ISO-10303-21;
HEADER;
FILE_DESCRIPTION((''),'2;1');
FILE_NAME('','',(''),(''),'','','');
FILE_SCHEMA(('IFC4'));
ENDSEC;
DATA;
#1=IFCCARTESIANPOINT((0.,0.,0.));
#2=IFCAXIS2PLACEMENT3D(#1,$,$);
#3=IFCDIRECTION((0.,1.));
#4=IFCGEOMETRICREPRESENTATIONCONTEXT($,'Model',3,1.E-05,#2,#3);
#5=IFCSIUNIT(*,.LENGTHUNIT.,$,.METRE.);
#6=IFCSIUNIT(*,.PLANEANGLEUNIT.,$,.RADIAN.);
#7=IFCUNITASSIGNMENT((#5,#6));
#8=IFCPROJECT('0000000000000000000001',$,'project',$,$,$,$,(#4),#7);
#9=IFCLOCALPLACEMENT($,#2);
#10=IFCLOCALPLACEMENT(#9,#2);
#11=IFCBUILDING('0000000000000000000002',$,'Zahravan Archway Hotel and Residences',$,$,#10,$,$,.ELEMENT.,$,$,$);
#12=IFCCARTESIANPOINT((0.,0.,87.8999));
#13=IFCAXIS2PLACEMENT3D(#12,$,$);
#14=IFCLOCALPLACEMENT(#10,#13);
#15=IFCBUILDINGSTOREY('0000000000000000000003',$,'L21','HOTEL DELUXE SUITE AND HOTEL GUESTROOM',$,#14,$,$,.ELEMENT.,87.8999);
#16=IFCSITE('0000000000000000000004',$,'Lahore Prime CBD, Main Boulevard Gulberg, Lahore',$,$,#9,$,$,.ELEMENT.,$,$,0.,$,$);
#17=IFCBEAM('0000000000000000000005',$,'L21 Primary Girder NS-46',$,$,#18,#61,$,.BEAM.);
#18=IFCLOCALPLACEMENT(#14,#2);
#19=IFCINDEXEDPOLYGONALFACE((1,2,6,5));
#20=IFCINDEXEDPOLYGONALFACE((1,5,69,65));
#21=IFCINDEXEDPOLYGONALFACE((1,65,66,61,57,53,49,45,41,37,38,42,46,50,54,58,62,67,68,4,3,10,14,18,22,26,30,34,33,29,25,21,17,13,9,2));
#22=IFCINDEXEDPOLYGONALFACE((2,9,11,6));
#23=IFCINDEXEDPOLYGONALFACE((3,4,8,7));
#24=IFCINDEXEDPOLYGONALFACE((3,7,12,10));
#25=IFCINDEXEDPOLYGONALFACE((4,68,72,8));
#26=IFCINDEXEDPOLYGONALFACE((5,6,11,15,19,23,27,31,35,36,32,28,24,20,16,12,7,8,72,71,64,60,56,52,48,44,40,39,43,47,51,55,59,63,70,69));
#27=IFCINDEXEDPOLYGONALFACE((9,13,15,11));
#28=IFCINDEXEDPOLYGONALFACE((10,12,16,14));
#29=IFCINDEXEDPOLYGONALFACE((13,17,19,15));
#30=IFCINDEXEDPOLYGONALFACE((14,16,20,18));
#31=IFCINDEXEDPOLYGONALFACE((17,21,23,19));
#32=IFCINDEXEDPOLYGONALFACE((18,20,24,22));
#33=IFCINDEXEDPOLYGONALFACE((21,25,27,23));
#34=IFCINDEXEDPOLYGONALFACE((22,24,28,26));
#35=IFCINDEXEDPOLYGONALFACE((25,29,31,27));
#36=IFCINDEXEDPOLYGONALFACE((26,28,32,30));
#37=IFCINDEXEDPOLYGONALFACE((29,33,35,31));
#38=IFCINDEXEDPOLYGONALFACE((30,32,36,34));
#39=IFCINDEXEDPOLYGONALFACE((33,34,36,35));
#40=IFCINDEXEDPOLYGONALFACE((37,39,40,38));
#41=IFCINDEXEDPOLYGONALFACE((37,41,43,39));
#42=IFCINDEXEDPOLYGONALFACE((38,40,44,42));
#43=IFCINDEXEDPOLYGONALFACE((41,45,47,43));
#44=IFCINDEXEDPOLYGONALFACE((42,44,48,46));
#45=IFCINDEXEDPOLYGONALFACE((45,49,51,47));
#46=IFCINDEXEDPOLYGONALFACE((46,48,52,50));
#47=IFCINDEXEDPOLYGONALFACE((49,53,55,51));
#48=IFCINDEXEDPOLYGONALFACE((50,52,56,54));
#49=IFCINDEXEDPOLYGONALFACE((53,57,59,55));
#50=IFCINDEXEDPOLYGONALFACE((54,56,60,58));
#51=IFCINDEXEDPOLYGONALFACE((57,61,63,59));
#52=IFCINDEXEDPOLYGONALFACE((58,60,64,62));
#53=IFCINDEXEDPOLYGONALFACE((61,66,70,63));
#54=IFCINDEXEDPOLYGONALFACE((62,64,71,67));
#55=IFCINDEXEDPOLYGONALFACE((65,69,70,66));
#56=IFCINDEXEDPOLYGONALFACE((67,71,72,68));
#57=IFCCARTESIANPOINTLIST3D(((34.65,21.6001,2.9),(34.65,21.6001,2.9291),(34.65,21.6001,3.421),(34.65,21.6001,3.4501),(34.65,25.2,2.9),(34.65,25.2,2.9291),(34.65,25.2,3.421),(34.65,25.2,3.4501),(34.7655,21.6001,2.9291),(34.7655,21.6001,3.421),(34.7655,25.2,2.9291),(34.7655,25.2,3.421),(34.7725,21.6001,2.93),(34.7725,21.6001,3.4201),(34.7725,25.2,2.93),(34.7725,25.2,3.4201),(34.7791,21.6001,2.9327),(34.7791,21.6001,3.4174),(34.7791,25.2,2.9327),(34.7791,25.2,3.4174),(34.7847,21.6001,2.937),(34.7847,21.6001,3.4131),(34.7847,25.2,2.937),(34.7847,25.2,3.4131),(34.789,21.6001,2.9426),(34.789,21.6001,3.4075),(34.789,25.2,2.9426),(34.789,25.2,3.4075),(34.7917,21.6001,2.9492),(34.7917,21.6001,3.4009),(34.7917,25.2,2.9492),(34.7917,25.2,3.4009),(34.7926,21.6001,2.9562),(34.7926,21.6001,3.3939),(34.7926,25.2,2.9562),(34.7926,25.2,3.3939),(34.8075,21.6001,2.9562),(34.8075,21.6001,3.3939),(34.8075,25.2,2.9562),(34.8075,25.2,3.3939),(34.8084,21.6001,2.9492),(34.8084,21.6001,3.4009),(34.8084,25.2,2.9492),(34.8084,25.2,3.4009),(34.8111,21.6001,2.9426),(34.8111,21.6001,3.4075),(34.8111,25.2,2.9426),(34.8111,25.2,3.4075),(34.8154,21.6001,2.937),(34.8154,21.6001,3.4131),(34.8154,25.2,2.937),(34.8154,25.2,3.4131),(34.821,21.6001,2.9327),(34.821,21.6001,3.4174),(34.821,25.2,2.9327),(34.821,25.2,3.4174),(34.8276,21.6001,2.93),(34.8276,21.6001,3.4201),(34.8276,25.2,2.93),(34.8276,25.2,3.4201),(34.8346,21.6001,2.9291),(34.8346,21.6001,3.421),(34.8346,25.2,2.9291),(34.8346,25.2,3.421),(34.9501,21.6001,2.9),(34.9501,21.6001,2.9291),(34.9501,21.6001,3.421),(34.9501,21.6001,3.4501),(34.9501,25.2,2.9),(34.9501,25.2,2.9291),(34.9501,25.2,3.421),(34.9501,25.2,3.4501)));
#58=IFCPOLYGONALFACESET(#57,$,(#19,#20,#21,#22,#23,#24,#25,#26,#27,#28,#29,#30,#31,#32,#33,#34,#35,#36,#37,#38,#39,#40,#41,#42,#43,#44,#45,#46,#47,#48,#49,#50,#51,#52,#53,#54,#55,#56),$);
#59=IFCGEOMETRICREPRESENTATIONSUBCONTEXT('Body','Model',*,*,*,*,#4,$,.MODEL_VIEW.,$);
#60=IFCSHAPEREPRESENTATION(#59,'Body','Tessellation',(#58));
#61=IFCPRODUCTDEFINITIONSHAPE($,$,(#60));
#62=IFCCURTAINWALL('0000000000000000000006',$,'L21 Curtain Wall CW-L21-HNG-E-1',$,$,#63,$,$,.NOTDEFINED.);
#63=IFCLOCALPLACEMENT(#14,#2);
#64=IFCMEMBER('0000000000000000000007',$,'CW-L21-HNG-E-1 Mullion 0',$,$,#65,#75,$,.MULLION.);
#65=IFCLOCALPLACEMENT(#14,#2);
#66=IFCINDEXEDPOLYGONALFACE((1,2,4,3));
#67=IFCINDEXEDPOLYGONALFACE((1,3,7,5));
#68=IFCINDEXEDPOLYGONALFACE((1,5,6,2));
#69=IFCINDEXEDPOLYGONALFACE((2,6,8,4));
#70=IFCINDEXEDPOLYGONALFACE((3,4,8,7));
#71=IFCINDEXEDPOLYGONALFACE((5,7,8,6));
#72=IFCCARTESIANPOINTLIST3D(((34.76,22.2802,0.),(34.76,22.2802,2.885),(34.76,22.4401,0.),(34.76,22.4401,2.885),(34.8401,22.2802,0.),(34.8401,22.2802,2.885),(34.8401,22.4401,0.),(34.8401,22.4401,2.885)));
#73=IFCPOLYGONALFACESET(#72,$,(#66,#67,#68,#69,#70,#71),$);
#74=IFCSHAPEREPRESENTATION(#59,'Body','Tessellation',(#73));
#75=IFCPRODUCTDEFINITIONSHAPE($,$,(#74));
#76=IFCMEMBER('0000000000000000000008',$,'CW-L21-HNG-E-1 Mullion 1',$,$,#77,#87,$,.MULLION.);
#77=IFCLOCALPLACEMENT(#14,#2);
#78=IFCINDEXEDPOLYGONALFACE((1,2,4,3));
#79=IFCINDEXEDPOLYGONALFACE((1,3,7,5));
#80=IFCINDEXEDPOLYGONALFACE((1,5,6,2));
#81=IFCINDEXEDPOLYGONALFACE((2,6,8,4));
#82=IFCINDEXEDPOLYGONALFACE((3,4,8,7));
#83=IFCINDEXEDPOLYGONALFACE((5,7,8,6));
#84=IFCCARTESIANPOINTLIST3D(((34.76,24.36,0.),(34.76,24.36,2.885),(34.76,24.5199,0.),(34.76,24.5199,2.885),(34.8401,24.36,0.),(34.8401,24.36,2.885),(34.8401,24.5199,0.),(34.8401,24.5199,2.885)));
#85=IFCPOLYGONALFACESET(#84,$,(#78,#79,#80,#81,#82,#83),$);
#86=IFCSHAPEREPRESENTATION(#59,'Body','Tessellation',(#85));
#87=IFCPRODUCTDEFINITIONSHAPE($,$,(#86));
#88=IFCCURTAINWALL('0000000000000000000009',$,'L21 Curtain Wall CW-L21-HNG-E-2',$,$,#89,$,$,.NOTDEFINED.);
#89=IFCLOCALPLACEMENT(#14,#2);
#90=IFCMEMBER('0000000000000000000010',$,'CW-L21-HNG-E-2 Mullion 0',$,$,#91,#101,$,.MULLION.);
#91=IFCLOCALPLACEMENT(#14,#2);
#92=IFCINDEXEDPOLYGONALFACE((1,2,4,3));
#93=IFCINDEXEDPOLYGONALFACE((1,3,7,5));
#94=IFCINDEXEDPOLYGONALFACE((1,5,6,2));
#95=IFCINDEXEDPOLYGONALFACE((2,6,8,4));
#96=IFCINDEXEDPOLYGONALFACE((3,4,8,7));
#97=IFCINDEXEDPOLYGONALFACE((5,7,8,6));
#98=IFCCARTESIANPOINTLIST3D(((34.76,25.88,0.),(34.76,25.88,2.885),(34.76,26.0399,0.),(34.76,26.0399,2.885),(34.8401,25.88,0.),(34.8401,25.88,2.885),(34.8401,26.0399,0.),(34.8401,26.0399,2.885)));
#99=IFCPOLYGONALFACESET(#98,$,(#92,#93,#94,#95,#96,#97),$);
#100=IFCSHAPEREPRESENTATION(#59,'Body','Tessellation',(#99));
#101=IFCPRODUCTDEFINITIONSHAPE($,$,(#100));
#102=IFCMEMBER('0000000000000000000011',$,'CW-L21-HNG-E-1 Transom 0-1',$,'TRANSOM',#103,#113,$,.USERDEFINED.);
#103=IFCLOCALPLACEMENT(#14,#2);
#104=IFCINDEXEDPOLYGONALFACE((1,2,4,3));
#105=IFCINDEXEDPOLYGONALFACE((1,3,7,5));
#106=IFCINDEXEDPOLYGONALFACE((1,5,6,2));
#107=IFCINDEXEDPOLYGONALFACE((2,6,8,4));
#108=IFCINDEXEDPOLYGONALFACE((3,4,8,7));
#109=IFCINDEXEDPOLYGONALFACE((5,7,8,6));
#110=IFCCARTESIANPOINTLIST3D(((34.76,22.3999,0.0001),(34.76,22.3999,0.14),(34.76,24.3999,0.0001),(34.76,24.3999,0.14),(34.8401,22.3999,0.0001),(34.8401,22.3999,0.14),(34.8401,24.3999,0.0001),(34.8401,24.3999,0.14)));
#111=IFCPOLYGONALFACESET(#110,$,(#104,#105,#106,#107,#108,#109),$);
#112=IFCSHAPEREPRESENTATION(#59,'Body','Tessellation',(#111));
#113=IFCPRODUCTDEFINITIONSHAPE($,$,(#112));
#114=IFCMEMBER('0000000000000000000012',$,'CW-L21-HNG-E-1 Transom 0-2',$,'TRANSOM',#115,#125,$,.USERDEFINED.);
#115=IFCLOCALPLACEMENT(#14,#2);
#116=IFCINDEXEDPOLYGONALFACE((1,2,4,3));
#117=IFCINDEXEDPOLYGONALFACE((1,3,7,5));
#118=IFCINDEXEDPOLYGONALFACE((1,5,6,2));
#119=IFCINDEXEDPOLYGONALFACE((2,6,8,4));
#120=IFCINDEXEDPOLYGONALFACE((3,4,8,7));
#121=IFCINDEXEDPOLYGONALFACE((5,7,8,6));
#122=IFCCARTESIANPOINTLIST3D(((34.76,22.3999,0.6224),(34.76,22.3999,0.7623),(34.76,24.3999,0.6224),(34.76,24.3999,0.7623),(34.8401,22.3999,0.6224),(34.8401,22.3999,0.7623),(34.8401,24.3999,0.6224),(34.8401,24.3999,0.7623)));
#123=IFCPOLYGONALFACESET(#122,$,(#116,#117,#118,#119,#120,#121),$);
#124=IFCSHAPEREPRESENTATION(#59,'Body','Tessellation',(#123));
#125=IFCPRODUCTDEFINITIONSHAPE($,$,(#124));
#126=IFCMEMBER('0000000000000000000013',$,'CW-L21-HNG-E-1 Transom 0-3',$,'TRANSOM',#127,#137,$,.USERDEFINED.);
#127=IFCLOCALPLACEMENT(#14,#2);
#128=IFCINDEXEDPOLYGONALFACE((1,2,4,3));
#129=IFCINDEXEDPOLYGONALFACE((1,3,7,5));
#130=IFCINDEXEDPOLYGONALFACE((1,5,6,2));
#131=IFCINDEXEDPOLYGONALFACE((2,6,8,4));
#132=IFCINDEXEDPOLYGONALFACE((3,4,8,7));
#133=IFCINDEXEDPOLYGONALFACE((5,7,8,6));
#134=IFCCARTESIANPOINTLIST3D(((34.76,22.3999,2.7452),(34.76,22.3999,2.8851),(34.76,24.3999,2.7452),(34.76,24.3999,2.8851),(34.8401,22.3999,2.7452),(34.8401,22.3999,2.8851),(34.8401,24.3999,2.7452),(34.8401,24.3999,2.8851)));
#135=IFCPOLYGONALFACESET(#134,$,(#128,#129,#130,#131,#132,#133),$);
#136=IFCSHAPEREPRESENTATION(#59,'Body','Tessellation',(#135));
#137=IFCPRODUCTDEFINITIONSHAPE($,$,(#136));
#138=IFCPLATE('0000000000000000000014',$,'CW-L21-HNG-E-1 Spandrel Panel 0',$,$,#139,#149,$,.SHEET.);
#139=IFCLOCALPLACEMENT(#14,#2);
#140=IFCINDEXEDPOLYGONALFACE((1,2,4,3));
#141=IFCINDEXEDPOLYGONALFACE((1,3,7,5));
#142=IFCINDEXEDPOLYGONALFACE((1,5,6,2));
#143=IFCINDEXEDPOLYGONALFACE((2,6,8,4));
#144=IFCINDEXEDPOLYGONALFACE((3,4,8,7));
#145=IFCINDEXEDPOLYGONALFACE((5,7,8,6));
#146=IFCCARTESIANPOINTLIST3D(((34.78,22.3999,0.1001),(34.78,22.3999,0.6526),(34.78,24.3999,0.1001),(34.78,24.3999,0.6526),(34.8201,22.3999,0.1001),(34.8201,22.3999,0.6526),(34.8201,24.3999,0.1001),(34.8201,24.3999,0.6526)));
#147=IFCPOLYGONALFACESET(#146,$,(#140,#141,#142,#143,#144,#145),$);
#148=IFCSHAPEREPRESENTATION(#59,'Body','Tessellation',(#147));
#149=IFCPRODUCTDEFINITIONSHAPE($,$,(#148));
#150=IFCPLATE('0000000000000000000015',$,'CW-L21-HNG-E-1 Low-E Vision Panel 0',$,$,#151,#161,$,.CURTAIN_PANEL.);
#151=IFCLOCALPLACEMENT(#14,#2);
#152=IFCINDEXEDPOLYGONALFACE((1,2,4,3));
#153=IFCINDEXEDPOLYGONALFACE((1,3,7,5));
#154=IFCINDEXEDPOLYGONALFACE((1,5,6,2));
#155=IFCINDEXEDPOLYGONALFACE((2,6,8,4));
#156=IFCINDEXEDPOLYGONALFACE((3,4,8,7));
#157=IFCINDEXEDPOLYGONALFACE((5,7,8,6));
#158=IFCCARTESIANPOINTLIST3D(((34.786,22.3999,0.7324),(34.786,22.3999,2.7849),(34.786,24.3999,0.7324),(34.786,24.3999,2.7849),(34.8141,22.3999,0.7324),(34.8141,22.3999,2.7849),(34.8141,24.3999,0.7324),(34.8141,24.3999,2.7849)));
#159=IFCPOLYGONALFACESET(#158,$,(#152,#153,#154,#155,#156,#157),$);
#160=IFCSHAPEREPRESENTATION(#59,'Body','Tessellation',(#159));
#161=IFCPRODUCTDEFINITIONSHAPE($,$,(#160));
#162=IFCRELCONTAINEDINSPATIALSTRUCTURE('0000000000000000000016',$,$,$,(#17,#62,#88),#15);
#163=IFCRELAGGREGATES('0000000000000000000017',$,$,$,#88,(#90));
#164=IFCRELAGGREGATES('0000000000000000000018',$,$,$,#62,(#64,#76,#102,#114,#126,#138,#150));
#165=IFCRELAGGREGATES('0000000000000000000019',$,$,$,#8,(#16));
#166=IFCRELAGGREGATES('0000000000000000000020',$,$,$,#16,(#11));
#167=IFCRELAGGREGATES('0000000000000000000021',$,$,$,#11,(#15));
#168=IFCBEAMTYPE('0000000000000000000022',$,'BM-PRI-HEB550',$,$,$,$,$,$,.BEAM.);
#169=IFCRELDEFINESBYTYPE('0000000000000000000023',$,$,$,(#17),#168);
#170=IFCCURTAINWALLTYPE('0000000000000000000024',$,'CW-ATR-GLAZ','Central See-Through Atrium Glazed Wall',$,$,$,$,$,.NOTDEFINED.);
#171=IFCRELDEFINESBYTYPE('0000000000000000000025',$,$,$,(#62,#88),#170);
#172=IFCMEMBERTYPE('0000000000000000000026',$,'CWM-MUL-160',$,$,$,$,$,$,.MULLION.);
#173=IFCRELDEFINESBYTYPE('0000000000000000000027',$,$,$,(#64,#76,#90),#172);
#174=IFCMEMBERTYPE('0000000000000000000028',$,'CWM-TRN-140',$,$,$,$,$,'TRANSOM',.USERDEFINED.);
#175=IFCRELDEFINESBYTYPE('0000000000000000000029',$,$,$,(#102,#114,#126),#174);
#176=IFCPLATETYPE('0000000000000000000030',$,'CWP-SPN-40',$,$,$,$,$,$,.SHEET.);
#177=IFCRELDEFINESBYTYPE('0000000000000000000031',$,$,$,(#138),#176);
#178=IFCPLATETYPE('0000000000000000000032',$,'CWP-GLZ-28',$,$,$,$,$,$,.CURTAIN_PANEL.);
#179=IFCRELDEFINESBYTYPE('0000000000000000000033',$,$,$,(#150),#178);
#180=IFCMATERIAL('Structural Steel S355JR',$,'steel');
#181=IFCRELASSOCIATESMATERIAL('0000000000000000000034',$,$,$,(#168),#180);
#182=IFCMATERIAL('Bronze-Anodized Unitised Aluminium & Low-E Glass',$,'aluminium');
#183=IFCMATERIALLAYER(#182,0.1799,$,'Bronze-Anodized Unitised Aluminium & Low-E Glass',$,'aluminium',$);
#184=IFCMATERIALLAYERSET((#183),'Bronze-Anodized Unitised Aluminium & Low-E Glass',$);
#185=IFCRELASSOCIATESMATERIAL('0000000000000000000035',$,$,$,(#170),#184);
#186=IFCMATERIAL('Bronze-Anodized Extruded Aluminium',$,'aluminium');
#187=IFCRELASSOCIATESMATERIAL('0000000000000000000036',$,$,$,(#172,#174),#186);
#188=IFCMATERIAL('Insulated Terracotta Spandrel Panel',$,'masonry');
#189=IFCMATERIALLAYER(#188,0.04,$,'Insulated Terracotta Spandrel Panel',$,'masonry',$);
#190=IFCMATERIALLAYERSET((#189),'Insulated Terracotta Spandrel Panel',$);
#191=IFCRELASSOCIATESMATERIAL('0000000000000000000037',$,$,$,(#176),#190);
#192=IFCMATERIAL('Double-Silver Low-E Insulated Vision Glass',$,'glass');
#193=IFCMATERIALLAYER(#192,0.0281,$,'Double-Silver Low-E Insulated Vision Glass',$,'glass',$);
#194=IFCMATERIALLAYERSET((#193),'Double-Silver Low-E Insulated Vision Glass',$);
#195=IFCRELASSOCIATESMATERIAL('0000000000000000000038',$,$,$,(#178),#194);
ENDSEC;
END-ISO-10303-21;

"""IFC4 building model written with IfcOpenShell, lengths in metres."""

from ifc_helpers import new_model, si_unit, direction, frame, origin, origin_2d, place, context, subcontext, project, spatial, rectangle, i_section, extrude, source, transform, mapped, material, layer, layer_set, material_profile, profile_set, type_object, element, aggregate, save


model = new_model("IFC4")

# Units and contexts
model_context = context("Model", 3, precision=1e-05, world=origin(), true_north=direction((0.0, 1.0)))
body_context = subcontext(model_context, "Body", "Model", "MODEL_VIEW")
ifc_project = project(units=[si_unit("LENGTHUNIT", "METRE"), si_unit("PLANEANGLEUNIT", "RADIAN")], contexts=[model_context])

# Site, building, storey
site_placement = place(None, origin())
site = spatial("IfcSite", under=ifc_project, at=site_placement, Name="Lahore Prime CBD, Main Boulevard Gulberg, Lahore", CompositionType="ELEMENT", RefElevation=0.0)
building_placement = place(site_placement, origin())
building = spatial("IfcBuilding", under=site, at=building_placement, Name="Zahravan Archway Hotel and Residences", CompositionType="ELEMENT")
storey_placement = place(building_placement, frame((0.0, 0.0, 87.8999)))
storey = spatial("IfcBuildingStorey", under=building, at=storey_placement, Name="L21", Description="HOTEL DELUXE SUITE AND HOTEL GUESTROOM", CompositionType="ELEMENT", Elevation=87.8999)

# Beam
ifc_material_1 = material(Name="Structural Steel S355JR", Category="steel")
ifc_material_profile_1 = material_profile(ifc_material_1, i_section(OverallWidth=0.3, OverallDepth=0.55, WebThickness=0.0149, FlangeThickness=0.0291, FilletRadius=0.0271, at=origin_2d()), Name="HEB 550", Category="steel")
ifc_profile_set_1 = profile_set([ifc_material_profile_1], Name="Structural Steel S355JR")
beam_type = type_object("IfcBeamType", Name="BM-PRI-HEB550", PredefinedType="BEAM", material=ifc_profile_set_1)
shared_shape_1 = source(origin(), body_context, "Body", "SweptSolid", [
    extrude(i_section(OverallWidth=0.3, OverallDepth=0.55, WebThickness=0.0149, FlangeThickness=0.0291, FilletRadius=0.0271, at=origin_2d()), origin(), (0.0, 0.0, 1.0), 3.5999),
])
beam_1_placement = place(storey_placement, frame((34.8, 21.6001, 3.175), z_axis=(0.0, 1.0, 0.0), x_axis=(-1.0, 0.0, 0.0)))
element("IfcBeam", 1, at=beam_1_placement, inside=storey, type_object=beam_type, Name="L21 Primary Girder NS-46", PredefinedType="BEAM", context=body_context, shape_type="MappedRepresentation", body=[
    mapped(shared_shape_1, transform((0.0, 0.0, 0.0), scale=1.0)),
])

# Curtain wall, members
ifc_material_2 = material(Name="Bronze-Anodized Unitised Aluminium & Low-E Glass", Category="aluminium")
ifc_layer_1 = layer(ifc_material_2, 0.1799, Name="Bronze-Anodized Unitised Aluminium & Low-E Glass", Category="aluminium")
ifc_layer_set_1 = layer_set([ifc_layer_1], Name="Bronze-Anodized Unitised Aluminium & Low-E Glass")
curtain_wall_type = type_object("IfcCurtainWallType", Name="CW-ATR-GLAZ", Description="Central See-Through Atrium Glazed Wall", PredefinedType="NOTDEFINED", material=ifc_layer_set_1)
curtain_wall_1_placement = place(storey_placement, origin())
curtain_wall_1 = element("IfcCurtainWall", 2, at=curtain_wall_1_placement, inside=storey, type_object=curtain_wall_type, Name="L21 Curtain Wall CW-L21-HNG-E-1", PredefinedType="NOTDEFINED")
ifc_material_3 = material(Name="Bronze-Anodized Extruded Aluminium", Category="aluminium")
ifc_material_profile_2 = material_profile(ifc_material_3, rectangle(XDim=0.0801, YDim=0.1599, at=origin_2d()), Name="MUL 80x160", Category="aluminium")
ifc_profile_set_2 = profile_set([ifc_material_profile_2], Name="Bronze-Anodized Extruded Aluminium")
member_type_1 = type_object("IfcMemberType", Name="CWM-MUL-160", PredefinedType="MULLION", material=ifc_profile_set_2)
shared_shape_2 = source(origin(), body_context, "Body", "SweptSolid", [
    extrude(rectangle(XDim=0.0801, YDim=0.1599, at=origin_2d()), origin(), (0.0, 0.0, 1.0), 2.885),
])
member_1_placement = place(storey_placement, frame((34.8, 22.3601, 0.0), z_axis=(0.0, 0.0, 1.0), x_axis=(1.0, 0.0, 0.0)))
member_1 = element("IfcMember", 3, at=member_1_placement, type_object=member_type_1, Name="CW-L21-HNG-E-1 Mullion 0", PredefinedType="MULLION", context=body_context, shape_type="MappedRepresentation", body=[
    mapped(shared_shape_2, transform((0.0, 0.0, 0.0), scale=1.0)),
])
member_2_placement = place(storey_placement, frame((34.8, 24.4399, 0.0), z_axis=(0.0, 0.0, 1.0), x_axis=(1.0, 0.0, 0.0)))
member_2 = element("IfcMember", 4, at=member_2_placement, type_object=member_type_1, Name="CW-L21-HNG-E-1 Mullion 1", PredefinedType="MULLION", context=body_context, shape_type="MappedRepresentation", body=[
    mapped(shared_shape_2, transform((0.0, 0.0, 0.0), scale=1.0)),
])

# Curtain wall, member
curtain_wall_2_placement = place(storey_placement, origin())
curtain_wall_2 = element("IfcCurtainWall", 5, at=curtain_wall_2_placement, inside=storey, type_object=curtain_wall_type, Name="L21 Curtain Wall CW-L21-HNG-E-2", PredefinedType="NOTDEFINED")
member_3_placement = place(storey_placement, frame((34.8, 25.96, 0.0), z_axis=(0.0, 0.0, 1.0), x_axis=(1.0, 0.0, 0.0)))
member_3 = element("IfcMember", 6, at=member_3_placement, type_object=member_type_1, Name="CW-L21-HNG-E-2 Mullion 0", PredefinedType="MULLION", context=body_context, shape_type="MappedRepresentation", body=[
    mapped(shared_shape_2, transform((0.0, 0.0, 0.0), scale=1.0)),
])
aggregate(curtain_wall_2, [member_3])

# Members
ifc_material_profile_3 = material_profile(ifc_material_3, rectangle(XDim=0.0801, YDim=0.1399, at=origin_2d()), Name="TRN 80x140", Category="aluminium")
ifc_profile_set_3 = profile_set([ifc_material_profile_3], Name="Bronze-Anodized Extruded Aluminium")
member_type_2 = type_object("IfcMemberType", Name="CWM-TRN-140", ElementType="TRANSOM", PredefinedType="USERDEFINED", material=ifc_profile_set_3)
shared_shape_3 = source(origin(), body_context, "Body", "SweptSolid", [
    extrude(rectangle(XDim=0.0801, YDim=0.1399, at=origin_2d()), origin(), (0.0, 0.0, 1.0), 2.0),
])
member_4_placement = place(storey_placement, frame((34.8, 22.3999, 0.0701), z_axis=(0.0, 1.0, 0.0), x_axis=(-1.0, 0.0, 0.0)))
member_4 = element("IfcMember", 7, at=member_4_placement, type_object=member_type_2, Name="CW-L21-HNG-E-1 Transom 0-1", ObjectType="TRANSOM", PredefinedType="USERDEFINED", context=body_context, shape_type="MappedRepresentation", body=[
    mapped(shared_shape_3, transform((0.0, 0.0, 0.0), scale=1.0)),
])
member_5_placement = place(storey_placement, frame((34.8, 22.3999, 0.6924), z_axis=(0.0, 1.0, 0.0), x_axis=(-1.0, 0.0, 0.0)))
member_5 = element("IfcMember", 8, at=member_5_placement, type_object=member_type_2, Name="CW-L21-HNG-E-1 Transom 0-2", ObjectType="TRANSOM", PredefinedType="USERDEFINED", context=body_context, shape_type="MappedRepresentation", body=[
    mapped(shared_shape_3, transform((0.0, 0.0, 0.0), scale=1.0)),
])
member_6_placement = place(storey_placement, frame((34.8, 22.3999, 2.8152), z_axis=(0.0, 1.0, 0.0), x_axis=(-1.0, 0.0, 0.0)))
member_6 = element("IfcMember", 9, at=member_6_placement, type_object=member_type_2, Name="CW-L21-HNG-E-1 Transom 0-3", ObjectType="TRANSOM", PredefinedType="USERDEFINED", context=body_context, shape_type="MappedRepresentation", body=[
    mapped(shared_shape_3, transform((0.0, 0.0, 0.0), scale=1.0)),
])

# Plates
ifc_material_4 = material(Name="Insulated Terracotta Spandrel Panel", Category="masonry")
ifc_layer_2 = layer(ifc_material_4, 0.04, Name="Insulated Terracotta Spandrel Panel", Category="masonry")
ifc_layer_set_2 = layer_set([ifc_layer_2], Name="Insulated Terracotta Spandrel Panel")
plate_type_1 = type_object("IfcPlateType", Name="CWP-SPN-40", PredefinedType="SHEET", material=ifc_layer_set_2)
shared_shape_4 = source(origin(), body_context, "Body", "SweptSolid", [
    extrude(rectangle(XDim=2.0, YDim=0.04, at=origin_2d()), origin(), (0.0, 0.0, 1.0), 0.5525),
])
plate_1_placement = place(storey_placement, frame((34.8, 23.3999, 0.1001), z_axis=(0.0, 0.0, 1.0), x_axis=(0.0, 1.0, 0.0)))
plate_1 = element("IfcPlate", 10, at=plate_1_placement, type_object=plate_type_1, Name="CW-L21-HNG-E-1 Spandrel Panel 0", PredefinedType="SHEET", context=body_context, shape_type="MappedRepresentation", body=[
    mapped(shared_shape_4, transform((0.0, 0.0, 0.0), scale=1.0)),
])
ifc_material_5 = material(Name="Double-Silver Low-E Insulated Vision Glass", Category="glass")
ifc_layer_3 = layer(ifc_material_5, 0.0281, Name="Double-Silver Low-E Insulated Vision Glass", Category="glass")
ifc_layer_set_3 = layer_set([ifc_layer_3], Name="Double-Silver Low-E Insulated Vision Glass")
plate_type_2 = type_object("IfcPlateType", Name="CWP-GLZ-28", PredefinedType="CURTAIN_PANEL", material=ifc_layer_set_3)
shared_shape_5 = source(origin(), body_context, "Body", "SweptSolid", [
    extrude(rectangle(XDim=2.0, YDim=0.0281, at=origin_2d()), origin(), (0.0, 0.0, 1.0), 2.0525),
])
plate_2_placement = place(storey_placement, frame((34.8, 23.3999, 0.7324), z_axis=(0.0, 0.0, 1.0), x_axis=(0.0, 1.0, 0.0)))
plate_2 = element("IfcPlate", 11, at=plate_2_placement, type_object=plate_type_2, Name="CW-L21-HNG-E-1 Low-E Vision Panel 0", PredefinedType="CURTAIN_PANEL", context=body_context, shape_type="MappedRepresentation", body=[
    mapped(shared_shape_5, transform((0.0, 0.0, 0.0), scale=1.0)),
])
aggregate(curtain_wall_1, [member_1, member_2, member_4, member_5, member_6, plate_1, plate_2])

save(model, "model.ifc")
